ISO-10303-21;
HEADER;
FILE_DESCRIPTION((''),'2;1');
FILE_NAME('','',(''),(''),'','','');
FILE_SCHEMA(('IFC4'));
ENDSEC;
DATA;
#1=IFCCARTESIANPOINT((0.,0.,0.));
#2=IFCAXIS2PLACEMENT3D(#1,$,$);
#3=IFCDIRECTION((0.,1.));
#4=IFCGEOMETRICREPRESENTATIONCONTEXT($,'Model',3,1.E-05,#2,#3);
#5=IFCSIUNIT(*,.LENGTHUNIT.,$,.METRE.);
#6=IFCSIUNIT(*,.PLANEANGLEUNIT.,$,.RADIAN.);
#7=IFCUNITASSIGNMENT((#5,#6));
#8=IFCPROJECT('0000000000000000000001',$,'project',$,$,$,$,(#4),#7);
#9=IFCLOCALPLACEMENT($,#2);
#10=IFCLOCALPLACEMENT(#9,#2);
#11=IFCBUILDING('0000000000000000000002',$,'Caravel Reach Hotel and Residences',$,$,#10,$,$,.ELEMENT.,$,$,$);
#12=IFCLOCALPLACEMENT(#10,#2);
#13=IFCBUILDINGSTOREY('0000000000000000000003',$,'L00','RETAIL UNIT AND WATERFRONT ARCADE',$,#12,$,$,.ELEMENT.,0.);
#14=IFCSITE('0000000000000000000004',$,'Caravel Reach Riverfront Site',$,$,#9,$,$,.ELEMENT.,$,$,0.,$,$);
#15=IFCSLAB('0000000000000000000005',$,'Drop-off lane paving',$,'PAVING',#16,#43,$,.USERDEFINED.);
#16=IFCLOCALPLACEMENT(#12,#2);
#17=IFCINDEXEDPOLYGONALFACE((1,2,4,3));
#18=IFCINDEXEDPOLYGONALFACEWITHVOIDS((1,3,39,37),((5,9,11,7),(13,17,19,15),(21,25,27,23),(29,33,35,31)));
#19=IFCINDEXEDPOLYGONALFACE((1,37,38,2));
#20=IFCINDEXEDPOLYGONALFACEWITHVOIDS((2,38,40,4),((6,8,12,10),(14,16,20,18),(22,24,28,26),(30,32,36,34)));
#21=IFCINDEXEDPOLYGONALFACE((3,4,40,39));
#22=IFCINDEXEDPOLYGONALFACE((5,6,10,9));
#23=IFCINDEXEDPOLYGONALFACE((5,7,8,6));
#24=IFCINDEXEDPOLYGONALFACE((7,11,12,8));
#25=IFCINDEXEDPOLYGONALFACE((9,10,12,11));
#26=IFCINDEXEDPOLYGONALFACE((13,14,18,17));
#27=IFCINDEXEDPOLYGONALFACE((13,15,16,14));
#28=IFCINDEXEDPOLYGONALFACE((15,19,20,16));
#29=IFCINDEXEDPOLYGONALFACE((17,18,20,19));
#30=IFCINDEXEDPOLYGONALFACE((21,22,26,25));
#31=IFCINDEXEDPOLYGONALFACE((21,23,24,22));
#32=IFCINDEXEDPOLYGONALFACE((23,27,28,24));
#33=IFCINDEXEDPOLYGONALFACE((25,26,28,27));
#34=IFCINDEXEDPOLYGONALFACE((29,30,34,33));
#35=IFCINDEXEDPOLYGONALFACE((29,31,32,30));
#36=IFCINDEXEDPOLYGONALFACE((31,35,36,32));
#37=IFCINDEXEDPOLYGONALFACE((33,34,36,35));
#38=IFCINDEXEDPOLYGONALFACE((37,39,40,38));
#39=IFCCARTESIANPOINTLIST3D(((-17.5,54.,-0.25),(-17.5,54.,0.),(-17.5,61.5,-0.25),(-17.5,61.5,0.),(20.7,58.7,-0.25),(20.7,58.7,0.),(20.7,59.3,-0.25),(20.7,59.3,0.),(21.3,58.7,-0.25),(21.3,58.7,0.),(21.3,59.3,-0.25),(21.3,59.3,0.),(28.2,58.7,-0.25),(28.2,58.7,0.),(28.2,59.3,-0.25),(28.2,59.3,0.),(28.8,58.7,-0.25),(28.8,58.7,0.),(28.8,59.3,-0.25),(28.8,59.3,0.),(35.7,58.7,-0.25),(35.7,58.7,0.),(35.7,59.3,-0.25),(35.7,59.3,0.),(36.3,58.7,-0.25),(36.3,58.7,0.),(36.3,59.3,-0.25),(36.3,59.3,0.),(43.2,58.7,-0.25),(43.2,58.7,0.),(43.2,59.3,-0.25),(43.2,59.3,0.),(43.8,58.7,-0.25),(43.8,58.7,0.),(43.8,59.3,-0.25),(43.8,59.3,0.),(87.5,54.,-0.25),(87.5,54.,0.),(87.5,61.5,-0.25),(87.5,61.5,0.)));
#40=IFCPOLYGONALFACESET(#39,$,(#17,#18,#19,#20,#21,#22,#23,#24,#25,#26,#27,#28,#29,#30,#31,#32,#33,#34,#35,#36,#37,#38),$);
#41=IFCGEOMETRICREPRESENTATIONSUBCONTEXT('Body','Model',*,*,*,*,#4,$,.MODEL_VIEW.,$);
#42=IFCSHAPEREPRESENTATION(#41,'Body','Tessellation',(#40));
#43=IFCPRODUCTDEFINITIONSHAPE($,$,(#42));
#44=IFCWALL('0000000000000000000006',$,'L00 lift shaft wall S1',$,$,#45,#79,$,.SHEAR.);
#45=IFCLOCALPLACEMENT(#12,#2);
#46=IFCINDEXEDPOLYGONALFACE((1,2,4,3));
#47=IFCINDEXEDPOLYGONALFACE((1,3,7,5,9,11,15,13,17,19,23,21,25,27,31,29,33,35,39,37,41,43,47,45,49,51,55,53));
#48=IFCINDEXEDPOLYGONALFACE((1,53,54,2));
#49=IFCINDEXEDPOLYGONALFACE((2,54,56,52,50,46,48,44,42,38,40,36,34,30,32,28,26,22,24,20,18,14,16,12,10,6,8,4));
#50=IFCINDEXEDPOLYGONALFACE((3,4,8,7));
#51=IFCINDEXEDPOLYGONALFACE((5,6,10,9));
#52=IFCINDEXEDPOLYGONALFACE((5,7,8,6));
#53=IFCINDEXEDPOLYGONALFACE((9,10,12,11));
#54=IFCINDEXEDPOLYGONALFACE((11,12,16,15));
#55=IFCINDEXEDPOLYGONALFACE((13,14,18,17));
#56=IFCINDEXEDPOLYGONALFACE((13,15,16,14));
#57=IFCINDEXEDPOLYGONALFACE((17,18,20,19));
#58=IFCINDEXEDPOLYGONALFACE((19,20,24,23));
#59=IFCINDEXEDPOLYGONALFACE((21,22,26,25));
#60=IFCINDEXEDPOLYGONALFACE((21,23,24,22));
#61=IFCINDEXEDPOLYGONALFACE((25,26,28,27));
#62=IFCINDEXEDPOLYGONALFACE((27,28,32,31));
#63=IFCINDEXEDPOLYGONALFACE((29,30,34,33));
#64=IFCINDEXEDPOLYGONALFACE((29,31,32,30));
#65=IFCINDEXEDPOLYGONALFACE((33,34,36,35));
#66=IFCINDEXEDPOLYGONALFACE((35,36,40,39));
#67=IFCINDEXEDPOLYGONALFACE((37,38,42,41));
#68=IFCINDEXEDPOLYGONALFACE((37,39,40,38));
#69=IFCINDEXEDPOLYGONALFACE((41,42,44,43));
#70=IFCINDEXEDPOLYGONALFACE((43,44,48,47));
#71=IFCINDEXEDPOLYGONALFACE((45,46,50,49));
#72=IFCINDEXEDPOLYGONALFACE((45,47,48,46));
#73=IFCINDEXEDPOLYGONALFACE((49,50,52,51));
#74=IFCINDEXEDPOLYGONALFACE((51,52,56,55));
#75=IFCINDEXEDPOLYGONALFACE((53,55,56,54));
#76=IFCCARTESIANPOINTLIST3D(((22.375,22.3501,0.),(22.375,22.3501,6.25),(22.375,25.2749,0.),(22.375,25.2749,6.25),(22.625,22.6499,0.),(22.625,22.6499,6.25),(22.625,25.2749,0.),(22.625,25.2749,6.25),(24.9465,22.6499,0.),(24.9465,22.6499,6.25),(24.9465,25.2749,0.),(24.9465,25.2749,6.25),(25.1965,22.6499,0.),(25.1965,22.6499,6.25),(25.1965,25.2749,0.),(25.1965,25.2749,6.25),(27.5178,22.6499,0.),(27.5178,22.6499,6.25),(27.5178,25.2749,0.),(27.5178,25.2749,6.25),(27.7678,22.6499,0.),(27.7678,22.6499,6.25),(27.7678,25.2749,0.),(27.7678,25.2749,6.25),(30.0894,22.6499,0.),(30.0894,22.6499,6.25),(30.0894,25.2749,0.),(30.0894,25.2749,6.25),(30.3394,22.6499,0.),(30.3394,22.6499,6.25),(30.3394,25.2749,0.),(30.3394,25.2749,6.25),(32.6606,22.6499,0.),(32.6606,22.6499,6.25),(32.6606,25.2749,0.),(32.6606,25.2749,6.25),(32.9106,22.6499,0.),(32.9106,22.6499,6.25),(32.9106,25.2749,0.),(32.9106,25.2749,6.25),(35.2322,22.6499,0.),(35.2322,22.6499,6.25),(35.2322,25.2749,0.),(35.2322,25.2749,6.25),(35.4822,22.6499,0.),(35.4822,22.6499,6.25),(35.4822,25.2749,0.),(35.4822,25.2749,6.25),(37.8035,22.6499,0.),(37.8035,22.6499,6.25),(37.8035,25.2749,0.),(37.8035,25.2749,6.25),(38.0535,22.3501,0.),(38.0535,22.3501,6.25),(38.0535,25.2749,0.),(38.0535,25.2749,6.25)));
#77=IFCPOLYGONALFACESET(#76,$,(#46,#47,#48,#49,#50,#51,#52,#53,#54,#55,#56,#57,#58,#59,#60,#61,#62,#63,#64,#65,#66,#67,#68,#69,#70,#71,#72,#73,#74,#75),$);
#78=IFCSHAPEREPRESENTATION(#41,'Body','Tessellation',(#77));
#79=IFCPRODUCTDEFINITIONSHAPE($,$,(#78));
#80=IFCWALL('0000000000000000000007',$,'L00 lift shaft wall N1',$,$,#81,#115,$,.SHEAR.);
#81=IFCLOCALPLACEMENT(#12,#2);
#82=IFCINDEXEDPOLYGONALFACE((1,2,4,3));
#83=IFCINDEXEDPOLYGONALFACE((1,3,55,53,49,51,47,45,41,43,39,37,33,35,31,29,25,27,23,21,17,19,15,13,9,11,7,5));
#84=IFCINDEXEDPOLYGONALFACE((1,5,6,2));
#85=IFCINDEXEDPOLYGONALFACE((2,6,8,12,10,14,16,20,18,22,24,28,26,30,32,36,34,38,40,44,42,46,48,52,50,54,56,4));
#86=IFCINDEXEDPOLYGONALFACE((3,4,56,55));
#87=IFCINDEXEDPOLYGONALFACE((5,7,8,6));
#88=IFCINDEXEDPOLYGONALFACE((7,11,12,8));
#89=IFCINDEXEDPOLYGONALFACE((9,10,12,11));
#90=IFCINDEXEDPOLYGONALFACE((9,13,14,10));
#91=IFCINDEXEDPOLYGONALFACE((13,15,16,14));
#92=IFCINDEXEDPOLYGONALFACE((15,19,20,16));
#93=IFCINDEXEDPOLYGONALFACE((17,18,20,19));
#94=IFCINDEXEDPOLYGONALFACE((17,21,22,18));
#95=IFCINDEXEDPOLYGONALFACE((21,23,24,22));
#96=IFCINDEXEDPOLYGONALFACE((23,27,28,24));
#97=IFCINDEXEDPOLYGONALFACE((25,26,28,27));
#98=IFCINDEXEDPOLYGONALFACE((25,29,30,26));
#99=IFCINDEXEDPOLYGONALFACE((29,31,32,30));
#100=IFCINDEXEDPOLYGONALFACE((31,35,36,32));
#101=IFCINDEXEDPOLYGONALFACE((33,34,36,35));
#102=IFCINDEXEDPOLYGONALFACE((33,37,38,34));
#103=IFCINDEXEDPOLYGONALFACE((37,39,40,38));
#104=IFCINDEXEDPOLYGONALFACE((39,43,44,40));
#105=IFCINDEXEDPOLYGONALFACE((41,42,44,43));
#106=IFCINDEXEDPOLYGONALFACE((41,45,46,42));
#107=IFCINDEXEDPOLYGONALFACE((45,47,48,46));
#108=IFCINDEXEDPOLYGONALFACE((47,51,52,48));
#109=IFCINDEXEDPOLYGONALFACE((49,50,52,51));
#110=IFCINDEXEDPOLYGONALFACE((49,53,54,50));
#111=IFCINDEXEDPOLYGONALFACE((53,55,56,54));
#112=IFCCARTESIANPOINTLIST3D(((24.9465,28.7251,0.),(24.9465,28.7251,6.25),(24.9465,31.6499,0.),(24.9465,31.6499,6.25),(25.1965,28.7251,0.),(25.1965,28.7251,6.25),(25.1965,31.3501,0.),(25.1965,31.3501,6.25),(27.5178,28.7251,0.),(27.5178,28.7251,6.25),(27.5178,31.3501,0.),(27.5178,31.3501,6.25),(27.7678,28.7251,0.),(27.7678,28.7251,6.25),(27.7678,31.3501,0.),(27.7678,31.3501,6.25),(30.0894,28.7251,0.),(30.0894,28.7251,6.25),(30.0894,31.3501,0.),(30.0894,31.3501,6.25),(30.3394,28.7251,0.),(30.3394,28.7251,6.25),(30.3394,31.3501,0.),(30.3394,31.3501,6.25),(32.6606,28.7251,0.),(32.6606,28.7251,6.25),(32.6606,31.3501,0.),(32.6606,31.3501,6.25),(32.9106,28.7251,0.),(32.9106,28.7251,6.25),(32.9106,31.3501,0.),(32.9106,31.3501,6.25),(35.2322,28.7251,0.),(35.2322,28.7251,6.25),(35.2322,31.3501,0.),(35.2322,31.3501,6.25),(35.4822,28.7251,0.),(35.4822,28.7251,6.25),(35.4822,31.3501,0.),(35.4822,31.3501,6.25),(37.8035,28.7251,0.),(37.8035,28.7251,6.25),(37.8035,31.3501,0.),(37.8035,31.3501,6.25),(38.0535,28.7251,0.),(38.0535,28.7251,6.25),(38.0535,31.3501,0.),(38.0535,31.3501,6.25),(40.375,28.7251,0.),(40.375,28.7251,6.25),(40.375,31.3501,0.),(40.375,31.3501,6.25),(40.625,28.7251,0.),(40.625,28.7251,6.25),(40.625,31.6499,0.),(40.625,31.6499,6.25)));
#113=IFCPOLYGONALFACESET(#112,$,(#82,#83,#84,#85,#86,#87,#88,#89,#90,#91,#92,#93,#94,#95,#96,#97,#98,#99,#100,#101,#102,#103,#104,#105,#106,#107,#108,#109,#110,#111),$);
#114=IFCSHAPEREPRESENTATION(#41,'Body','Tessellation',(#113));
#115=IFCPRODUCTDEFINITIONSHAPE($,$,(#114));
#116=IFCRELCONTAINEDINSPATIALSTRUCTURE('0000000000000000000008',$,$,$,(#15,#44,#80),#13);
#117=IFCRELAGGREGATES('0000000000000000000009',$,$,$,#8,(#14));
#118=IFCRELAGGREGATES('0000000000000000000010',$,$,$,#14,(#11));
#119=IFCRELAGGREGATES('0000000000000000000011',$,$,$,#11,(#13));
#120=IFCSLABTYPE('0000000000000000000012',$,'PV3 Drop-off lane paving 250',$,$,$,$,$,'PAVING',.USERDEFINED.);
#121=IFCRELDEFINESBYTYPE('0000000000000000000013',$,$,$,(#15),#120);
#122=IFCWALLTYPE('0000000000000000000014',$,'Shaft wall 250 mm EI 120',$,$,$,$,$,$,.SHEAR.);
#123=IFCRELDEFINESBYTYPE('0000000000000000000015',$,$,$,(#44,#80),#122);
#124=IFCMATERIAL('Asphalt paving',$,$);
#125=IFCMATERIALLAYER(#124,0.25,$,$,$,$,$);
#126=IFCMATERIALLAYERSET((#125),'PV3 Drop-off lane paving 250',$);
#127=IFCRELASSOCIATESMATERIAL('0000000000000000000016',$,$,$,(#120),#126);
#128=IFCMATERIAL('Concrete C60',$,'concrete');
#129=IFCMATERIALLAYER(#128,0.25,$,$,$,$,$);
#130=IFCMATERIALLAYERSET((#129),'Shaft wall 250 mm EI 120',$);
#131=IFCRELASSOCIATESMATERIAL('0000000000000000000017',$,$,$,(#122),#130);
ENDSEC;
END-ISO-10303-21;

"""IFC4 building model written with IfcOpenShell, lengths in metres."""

from ifc_helpers import new_model, si_unit, direction, frame, origin, place, context, subcontext, project, spatial, polyline, outline, extrude, material, layer, layer_set, type_object, element, save


model = new_model("IFC4")

# Units and contexts
model_context = context("Model", 3, precision=1e-05, world=origin(), true_north=direction((0.0, 1.0)))
body_context = subcontext(model_context, "Body", "Model", "MODEL_VIEW")
ifc_project = project(units=[si_unit("LENGTHUNIT", "METRE"), si_unit("PLANEANGLEUNIT", "RADIAN")], contexts=[model_context])

# Site, building, storey
site_placement = place(None, origin())
site = spatial("IfcSite", under=ifc_project, at=site_placement, Name="Caravel Reach Riverfront Site", CompositionType="ELEMENT", RefElevation=0.0)
building_placement = place(site_placement, origin())
building = spatial("IfcBuilding", under=site, at=building_placement, Name="Caravel Reach Hotel and Residences", CompositionType="ELEMENT")
storey_placement = place(building_placement, origin())
storey = spatial("IfcBuildingStorey", under=building, at=storey_placement, Name="L00", Description="RETAIL UNIT AND WATERFRONT ARCADE", CompositionType="ELEMENT", Elevation=0.0)

# Slab
ifc_material_1 = material(Name="Asphalt paving")
ifc_layer_1 = layer(ifc_material_1, 0.25)
ifc_layer_set_1 = layer_set([ifc_layer_1], Name="PV3 Drop-off lane paving 250")
slab_type_1 = type_object("IfcSlabType", Name="PV3 Drop-off lane paving 250", ElementType="PAVING", PredefinedType="USERDEFINED", material=ifc_layer_set_1)
slab_1_placement = place(storey_placement, frame((0.0, 0.0, -0.25)))
element("IfcSlab", 1, at=slab_1_placement, inside=storey, type_object=slab_type_1, Name="Drop-off lane paving", ObjectType="PAVING", PredefinedType="USERDEFINED", context=body_context, shape_type="SweptSolid", body=[
    extrude(outline(polyline([(87.5, 54.0), (87.5, 61.5), (-17.5, 61.5), (-17.5, 54.0), (87.5, 54.0)]), holes=[polyline([(21.3, 58.7), (20.7, 58.7), (20.7, 59.3), (21.3, 59.3), (21.3, 58.7)]), polyline([(28.2, 58.7), (28.2, 59.3), (28.8, 59.3), (28.8, 58.7), (28.2, 58.7)]), polyline([(35.7, 59.3), (36.3, 59.3), (36.3, 58.7), (35.7, 58.7), (35.7, 59.3)]), polyline([(43.8, 59.3), (43.8, 58.7), (43.2, 58.7), (43.2, 59.3), (43.8, 59.3)])]), origin(), (0.0, 0.0, 1.0), 0.25),
])

# Walls
ifc_material_2 = material(Name="Concrete C60", Category="concrete")
ifc_layer_2 = layer(ifc_material_2, 0.25)
ifc_layer_set_2 = layer_set([ifc_layer_2], Name="Shaft wall 250 mm EI 120")
wall_type = type_object("IfcWallType", Name="Shaft wall 250 mm EI 120", PredefinedType="SHEAR", material=ifc_layer_set_2)
wall_1_placement = place(storey_placement, origin())
element("IfcWall", 2, at=wall_1_placement, inside=storey, type_object=wall_type, Name="L00 lift shaft wall S1", PredefinedType="SHEAR", context=body_context, shape_type="SweptSolid", body=[
    extrude(outline(polyline([(22.375, 22.3501), (38.0535, 22.3501), (38.0535, 25.2749), (37.8035, 25.2749), (37.8035, 22.6499), (35.4822, 22.6499), (35.4822, 25.2749), (35.2322, 25.2749), (35.2322, 22.6499), (32.9106, 22.6499), (32.9106, 25.2749), (32.6606, 25.2749), (32.6606, 22.6499), (30.3394, 22.6499), (30.3394, 25.2749), (30.0894, 25.2749), (30.0894, 22.6499), (27.7678, 22.6499), (27.7678, 25.2749), (27.5178, 25.2749), (27.5178, 22.6499), (25.1965, 22.6499), (25.1965, 25.2749), (24.9465, 25.2749), (24.9465, 22.6499), (22.625, 22.6499), (22.625, 25.2749), (22.375, 25.2749), (22.375, 22.3501)])), origin(), (0.0, 0.0, 1.0), 6.25),
])
wall_2_placement = place(storey_placement, origin())
element("IfcWall", 3, at=wall_2_placement, inside=storey, type_object=wall_type, Name="L00 lift shaft wall N1", PredefinedType="SHEAR", context=body_context, shape_type="SweptSolid", body=[
    extrude(outline(polyline([(24.9465, 28.7251), (25.1965, 28.7251), (25.1965, 31.3501), (27.5178, 31.3501), (27.5178, 28.7251), (27.7678, 28.7251), (27.7678, 31.3501), (30.0894, 31.3501), (30.0894, 28.7251), (30.3394, 28.7251), (30.3394, 31.3501), (32.6606, 31.3501), (32.6606, 28.7251), (32.9106, 28.7251), (32.9106, 31.3501), (35.2322, 31.3501), (35.2322, 28.7251), (35.4822, 28.7251), (35.4822, 31.3501), (37.8035, 31.3501), (37.8035, 28.7251), (38.0535, 28.7251), (38.0535, 31.3501), (40.375, 31.3501), (40.375, 28.7251), (40.625, 28.7251), (40.625, 31.6499), (24.9465, 31.6499), (24.9465, 28.7251)])), origin(), (0.0, 0.0, 1.0), 6.25),
])

save(model, "model.ifc")
